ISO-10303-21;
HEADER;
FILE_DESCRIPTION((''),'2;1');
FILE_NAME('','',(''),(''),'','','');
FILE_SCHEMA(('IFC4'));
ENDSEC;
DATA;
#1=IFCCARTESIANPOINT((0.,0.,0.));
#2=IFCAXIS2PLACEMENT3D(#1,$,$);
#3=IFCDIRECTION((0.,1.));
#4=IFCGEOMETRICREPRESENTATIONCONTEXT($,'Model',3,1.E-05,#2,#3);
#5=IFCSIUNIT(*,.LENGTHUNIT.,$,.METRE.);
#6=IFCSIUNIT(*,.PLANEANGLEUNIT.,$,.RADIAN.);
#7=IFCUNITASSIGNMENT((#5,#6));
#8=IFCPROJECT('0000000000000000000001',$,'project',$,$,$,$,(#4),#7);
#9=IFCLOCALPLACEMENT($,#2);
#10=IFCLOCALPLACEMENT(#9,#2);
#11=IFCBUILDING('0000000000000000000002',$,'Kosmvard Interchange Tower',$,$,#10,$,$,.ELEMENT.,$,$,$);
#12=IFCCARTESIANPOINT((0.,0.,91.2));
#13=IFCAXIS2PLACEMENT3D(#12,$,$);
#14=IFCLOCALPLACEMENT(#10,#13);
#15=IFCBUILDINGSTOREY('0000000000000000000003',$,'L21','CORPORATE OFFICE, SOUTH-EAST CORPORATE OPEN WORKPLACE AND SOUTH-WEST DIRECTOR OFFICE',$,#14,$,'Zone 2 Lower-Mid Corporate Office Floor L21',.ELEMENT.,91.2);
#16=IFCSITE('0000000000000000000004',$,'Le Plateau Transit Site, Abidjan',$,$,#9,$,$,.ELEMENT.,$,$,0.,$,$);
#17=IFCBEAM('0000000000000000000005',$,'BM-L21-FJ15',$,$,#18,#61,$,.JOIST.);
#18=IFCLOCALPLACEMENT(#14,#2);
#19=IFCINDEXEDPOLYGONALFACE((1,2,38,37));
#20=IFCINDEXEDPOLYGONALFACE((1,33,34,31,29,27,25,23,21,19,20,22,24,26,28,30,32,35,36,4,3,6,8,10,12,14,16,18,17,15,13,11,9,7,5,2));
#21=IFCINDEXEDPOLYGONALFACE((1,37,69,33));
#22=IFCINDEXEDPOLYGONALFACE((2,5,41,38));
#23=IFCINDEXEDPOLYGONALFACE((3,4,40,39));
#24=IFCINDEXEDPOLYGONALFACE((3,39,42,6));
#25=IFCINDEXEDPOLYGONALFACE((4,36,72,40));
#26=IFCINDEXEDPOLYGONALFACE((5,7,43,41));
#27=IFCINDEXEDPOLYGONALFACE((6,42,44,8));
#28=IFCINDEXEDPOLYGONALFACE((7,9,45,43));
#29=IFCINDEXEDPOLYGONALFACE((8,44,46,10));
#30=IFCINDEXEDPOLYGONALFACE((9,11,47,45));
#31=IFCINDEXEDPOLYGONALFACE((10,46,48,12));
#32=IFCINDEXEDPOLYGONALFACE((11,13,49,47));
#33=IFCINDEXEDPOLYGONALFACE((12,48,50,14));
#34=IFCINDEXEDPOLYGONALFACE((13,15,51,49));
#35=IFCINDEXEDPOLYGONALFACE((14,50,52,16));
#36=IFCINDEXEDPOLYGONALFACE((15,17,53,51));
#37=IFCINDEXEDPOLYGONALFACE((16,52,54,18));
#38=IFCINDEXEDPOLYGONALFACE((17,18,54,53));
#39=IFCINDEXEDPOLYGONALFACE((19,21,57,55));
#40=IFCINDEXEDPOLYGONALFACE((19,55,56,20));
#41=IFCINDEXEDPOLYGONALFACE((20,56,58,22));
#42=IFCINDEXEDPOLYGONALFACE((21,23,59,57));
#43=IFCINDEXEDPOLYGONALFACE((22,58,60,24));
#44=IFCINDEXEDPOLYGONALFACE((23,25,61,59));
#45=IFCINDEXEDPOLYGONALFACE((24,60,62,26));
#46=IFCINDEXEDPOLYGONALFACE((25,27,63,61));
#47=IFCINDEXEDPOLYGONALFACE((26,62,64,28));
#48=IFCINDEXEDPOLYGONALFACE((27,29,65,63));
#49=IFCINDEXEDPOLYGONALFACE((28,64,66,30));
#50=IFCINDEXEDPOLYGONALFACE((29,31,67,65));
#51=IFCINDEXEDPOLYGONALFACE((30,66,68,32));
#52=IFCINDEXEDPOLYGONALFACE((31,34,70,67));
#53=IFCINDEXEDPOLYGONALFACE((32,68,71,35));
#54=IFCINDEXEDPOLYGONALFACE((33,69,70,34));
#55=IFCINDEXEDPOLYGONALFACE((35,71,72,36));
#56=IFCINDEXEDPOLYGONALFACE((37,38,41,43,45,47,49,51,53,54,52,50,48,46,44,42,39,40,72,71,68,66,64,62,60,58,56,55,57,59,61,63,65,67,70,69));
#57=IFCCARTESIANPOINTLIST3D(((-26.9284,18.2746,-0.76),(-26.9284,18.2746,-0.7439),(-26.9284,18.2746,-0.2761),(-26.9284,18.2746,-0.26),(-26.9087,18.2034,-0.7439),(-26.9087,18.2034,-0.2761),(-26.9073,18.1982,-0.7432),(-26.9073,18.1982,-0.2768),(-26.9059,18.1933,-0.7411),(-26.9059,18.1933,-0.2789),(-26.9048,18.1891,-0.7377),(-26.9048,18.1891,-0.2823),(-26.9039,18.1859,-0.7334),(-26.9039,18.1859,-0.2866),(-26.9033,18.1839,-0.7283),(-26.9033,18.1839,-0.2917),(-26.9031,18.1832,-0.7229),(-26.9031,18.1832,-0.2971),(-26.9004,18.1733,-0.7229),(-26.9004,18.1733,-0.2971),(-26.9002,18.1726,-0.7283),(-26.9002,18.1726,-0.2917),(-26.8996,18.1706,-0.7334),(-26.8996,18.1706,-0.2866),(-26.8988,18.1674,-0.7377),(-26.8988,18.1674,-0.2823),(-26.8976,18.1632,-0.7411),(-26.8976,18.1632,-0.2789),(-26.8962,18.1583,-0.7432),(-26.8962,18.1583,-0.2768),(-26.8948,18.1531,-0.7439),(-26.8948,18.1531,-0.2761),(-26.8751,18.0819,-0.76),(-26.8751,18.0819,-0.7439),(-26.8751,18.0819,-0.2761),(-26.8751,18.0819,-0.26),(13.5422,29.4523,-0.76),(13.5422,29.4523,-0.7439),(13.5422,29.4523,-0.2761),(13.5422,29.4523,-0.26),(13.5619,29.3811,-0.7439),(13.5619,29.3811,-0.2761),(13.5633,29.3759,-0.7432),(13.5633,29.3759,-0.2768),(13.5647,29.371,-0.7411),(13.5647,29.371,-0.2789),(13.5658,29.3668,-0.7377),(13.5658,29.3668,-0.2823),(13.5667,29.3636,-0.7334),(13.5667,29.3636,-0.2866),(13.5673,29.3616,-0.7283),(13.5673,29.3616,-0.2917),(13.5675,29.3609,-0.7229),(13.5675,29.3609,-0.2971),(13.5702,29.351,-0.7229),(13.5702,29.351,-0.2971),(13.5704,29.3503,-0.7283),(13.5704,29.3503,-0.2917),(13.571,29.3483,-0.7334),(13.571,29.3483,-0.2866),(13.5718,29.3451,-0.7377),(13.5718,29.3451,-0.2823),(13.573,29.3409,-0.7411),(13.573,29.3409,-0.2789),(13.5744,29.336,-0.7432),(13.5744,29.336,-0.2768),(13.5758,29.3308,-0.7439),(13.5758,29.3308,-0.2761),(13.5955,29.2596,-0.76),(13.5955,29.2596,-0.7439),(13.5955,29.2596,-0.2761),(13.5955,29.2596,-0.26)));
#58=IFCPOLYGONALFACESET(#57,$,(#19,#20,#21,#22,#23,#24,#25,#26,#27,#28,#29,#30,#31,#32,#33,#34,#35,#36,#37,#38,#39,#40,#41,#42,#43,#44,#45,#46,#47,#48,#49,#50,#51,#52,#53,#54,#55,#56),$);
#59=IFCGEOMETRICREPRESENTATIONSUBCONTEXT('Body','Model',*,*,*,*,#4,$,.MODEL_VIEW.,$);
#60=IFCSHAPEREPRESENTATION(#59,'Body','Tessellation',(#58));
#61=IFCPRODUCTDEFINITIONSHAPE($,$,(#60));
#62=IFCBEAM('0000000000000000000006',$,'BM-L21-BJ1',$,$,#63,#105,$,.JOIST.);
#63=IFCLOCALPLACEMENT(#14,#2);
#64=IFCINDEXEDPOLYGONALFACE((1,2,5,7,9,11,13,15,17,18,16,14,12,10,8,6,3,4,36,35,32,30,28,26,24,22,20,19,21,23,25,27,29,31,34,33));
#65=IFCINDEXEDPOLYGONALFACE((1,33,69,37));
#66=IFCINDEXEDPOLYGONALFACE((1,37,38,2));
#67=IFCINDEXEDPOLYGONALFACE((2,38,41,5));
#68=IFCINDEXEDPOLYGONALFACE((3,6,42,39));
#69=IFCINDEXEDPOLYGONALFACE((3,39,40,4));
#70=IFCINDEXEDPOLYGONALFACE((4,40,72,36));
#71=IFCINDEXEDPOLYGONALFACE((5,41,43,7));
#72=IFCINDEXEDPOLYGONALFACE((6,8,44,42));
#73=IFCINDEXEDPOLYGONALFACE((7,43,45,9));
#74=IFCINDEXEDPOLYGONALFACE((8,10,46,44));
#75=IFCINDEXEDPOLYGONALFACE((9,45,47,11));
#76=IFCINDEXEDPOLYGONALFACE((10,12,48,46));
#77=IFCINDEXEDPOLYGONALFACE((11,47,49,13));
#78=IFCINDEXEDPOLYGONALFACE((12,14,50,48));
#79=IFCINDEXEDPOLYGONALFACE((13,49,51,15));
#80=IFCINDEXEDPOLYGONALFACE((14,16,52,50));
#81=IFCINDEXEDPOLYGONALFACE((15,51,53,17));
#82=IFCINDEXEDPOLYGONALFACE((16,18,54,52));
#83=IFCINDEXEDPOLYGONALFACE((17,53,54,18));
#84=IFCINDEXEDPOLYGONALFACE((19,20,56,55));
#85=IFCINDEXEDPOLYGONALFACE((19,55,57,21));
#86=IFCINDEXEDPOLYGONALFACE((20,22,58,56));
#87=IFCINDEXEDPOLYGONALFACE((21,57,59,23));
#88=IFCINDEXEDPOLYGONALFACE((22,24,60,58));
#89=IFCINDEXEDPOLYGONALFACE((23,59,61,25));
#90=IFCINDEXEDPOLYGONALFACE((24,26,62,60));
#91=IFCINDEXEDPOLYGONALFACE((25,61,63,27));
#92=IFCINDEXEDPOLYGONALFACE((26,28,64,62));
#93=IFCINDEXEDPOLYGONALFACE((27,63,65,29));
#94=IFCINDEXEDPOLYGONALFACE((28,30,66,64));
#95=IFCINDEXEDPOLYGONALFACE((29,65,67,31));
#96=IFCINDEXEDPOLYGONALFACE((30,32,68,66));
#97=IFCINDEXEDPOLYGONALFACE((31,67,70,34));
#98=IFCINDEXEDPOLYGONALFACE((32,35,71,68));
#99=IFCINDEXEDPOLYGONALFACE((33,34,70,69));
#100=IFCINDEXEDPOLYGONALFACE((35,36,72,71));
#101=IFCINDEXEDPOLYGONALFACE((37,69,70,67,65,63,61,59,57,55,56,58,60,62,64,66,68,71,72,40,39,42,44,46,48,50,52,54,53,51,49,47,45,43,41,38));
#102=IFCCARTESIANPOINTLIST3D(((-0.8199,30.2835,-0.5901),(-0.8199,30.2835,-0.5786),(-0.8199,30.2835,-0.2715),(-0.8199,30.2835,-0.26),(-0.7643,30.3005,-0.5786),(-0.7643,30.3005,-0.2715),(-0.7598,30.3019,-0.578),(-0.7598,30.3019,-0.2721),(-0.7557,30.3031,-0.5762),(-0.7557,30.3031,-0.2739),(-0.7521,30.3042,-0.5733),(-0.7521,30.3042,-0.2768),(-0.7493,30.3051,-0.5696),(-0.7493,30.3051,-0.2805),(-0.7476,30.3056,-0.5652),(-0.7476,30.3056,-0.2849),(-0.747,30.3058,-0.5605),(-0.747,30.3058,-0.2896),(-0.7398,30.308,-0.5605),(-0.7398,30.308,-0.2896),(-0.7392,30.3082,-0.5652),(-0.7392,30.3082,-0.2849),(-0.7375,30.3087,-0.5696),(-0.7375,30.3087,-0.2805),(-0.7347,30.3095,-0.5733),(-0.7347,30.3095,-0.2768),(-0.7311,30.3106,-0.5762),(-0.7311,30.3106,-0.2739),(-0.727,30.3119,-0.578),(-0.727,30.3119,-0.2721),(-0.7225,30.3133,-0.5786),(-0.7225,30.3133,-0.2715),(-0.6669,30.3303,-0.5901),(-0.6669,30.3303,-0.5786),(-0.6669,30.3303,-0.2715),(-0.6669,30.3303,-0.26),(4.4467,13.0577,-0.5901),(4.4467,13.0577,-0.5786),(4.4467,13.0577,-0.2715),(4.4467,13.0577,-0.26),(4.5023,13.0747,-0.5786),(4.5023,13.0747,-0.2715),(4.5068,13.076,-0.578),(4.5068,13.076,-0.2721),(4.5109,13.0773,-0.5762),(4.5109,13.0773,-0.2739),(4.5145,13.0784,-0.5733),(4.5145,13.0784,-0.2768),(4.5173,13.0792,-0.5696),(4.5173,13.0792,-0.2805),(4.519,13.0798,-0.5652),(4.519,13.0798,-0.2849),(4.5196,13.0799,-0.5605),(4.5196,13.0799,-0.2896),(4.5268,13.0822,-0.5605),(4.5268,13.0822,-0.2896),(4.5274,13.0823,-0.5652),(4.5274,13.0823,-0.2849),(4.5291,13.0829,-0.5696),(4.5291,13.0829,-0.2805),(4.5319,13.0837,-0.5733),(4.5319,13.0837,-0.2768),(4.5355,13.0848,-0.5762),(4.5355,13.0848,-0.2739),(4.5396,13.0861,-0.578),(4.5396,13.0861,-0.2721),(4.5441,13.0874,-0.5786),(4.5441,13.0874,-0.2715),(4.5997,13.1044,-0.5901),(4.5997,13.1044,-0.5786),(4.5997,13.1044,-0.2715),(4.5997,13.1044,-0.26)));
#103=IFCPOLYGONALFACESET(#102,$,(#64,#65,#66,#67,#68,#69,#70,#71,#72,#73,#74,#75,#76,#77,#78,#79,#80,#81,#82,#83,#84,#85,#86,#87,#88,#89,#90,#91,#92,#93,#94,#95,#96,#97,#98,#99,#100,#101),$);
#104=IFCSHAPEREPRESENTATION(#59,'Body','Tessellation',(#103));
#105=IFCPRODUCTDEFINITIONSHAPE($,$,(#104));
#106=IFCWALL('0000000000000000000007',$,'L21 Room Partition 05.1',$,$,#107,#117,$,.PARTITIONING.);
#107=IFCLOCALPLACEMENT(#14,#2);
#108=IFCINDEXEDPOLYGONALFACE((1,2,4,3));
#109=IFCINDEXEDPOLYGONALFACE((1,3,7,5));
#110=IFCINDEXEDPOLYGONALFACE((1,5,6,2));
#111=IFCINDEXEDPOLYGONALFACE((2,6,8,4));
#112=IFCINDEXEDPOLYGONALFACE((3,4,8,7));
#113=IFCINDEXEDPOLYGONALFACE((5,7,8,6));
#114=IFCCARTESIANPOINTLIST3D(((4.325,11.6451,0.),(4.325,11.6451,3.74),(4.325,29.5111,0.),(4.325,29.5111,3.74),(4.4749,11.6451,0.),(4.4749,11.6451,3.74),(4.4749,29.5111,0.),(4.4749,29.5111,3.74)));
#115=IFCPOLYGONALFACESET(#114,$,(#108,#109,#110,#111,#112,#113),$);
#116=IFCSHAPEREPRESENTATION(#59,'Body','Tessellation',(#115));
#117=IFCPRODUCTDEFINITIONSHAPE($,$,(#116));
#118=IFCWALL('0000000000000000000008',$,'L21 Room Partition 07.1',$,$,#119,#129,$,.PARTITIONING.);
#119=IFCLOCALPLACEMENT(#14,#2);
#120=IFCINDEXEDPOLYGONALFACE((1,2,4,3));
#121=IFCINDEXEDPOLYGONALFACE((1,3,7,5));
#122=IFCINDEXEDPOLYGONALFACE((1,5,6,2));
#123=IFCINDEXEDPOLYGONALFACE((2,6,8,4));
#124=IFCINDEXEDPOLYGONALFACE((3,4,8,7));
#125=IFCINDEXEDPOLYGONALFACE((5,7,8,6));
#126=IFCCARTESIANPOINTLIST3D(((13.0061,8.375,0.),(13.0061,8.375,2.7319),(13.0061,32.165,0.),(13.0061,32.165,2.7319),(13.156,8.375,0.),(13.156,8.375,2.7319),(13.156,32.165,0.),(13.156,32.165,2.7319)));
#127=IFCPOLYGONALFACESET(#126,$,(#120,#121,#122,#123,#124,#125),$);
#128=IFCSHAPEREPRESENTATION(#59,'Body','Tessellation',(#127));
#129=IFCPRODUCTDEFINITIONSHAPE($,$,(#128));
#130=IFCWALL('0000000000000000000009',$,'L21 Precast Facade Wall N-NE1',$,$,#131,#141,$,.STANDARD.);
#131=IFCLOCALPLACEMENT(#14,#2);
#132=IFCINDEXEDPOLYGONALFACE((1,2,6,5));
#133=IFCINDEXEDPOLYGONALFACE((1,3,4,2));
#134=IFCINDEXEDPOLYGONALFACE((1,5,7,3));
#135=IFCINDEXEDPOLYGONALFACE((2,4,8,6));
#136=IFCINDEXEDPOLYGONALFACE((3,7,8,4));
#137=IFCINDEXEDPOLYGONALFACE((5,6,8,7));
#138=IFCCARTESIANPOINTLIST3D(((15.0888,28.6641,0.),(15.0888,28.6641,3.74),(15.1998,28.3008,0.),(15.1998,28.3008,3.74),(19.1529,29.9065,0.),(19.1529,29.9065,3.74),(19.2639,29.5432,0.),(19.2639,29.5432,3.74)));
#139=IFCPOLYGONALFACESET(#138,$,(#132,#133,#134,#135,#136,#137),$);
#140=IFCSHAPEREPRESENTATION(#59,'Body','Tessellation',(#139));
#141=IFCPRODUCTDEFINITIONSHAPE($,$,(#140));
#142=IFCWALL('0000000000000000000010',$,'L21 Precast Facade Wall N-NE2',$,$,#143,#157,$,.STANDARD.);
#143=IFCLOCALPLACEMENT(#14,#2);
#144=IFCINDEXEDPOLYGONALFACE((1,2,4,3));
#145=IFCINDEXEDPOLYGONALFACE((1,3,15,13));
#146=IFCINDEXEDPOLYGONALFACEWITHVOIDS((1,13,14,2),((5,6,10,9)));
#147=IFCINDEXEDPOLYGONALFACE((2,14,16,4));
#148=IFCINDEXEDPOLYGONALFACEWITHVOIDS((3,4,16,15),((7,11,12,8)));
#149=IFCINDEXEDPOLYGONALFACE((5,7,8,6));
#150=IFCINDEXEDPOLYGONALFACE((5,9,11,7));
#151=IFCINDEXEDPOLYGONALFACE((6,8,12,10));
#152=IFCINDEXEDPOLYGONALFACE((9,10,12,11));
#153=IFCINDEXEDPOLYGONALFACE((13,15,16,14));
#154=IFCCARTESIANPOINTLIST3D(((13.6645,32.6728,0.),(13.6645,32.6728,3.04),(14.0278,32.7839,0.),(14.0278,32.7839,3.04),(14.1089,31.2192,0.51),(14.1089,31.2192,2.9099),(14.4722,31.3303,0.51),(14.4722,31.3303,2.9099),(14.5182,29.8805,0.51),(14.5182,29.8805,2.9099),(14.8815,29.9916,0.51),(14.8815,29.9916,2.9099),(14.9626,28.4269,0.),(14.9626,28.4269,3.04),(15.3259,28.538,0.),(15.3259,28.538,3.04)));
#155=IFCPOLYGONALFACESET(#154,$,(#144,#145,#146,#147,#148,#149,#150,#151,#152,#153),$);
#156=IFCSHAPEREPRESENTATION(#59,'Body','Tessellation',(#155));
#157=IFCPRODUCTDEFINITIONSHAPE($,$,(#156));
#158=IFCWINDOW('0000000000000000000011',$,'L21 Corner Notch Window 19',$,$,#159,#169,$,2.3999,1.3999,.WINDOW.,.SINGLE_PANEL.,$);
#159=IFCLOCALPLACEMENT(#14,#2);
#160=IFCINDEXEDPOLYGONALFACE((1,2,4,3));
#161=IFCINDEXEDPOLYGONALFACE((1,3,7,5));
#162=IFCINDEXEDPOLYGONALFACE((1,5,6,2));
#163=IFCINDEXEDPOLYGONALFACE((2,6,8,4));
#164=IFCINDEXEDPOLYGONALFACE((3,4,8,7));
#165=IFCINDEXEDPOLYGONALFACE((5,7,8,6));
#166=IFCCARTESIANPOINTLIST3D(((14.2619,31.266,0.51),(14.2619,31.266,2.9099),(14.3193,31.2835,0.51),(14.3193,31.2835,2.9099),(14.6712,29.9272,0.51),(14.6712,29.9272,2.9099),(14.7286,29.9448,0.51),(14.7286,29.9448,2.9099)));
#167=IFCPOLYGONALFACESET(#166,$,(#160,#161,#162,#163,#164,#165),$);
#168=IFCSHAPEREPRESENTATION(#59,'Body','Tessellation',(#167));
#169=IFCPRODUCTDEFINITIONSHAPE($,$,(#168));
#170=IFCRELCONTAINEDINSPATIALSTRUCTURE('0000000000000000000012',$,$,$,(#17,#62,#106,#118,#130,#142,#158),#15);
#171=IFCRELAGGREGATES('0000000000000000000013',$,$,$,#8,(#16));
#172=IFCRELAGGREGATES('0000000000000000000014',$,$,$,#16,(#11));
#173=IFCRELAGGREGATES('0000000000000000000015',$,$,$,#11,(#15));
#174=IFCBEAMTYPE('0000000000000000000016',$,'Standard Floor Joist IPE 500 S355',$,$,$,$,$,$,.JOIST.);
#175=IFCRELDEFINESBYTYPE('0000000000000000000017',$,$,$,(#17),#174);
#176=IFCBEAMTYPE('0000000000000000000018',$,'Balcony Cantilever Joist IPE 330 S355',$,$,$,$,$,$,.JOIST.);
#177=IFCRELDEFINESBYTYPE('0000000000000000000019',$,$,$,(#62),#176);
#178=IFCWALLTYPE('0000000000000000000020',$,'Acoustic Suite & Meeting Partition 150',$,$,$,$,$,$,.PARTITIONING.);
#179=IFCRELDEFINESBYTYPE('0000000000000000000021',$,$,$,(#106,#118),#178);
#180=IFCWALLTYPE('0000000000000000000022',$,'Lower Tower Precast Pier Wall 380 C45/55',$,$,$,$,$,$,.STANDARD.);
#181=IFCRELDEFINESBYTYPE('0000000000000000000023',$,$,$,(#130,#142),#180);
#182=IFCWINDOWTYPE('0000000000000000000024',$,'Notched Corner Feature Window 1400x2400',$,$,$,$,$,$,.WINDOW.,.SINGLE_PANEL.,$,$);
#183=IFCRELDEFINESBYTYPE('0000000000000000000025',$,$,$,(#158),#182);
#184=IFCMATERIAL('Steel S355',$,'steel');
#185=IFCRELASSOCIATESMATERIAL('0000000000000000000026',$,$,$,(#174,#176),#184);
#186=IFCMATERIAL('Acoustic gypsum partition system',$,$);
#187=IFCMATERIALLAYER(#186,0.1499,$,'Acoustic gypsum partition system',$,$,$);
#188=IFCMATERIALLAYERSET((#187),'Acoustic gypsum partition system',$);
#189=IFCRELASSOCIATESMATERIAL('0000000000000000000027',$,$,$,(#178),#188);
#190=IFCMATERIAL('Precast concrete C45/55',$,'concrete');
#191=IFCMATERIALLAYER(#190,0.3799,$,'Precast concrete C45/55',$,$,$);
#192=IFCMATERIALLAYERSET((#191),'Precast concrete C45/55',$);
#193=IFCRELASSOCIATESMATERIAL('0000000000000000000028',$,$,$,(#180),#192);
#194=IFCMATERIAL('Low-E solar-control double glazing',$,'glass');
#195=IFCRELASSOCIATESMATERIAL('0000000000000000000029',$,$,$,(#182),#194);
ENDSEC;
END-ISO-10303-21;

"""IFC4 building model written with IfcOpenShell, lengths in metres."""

from ifc_helpers import new_model, si_unit, direction, frame, frame_2d, origin, origin_2d, place, context, subcontext, project, spatial, rectangle, i_section, extrude, source, transform, mapped, material, layer, layer_set, material_profile, profile_set, type_object, element, fill, save


model = new_model("IFC4")

# Units and contexts
model_context = context("Model", 3, precision=1e-05, world=origin(), true_north=direction((0.0, 1.0)))
body_context = subcontext(model_context, "Body", "Model", "MODEL_VIEW")
ifc_project = project(units=[si_unit("LENGTHUNIT", "METRE"), si_unit("PLANEANGLEUNIT", "RADIAN")], contexts=[model_context])

# Site, building, storey
site_placement = place(None, origin())
site = spatial("IfcSite", under=ifc_project, at=site_placement, Name="Le Plateau Transit Site, Abidjan", CompositionType="ELEMENT", RefElevation=0.0)
building_placement = place(site_placement, origin())
building = spatial("IfcBuilding", under=site, at=building_placement, Name="Kosmvard Interchange Tower", CompositionType="ELEMENT")
storey_placement = place(building_placement, frame((0.0, 0.0, 91.2)))
storey = spatial("IfcBuildingStorey", under=building, at=storey_placement, Name="L21", Description="CORPORATE OFFICE, SOUTH-EAST CORPORATE OPEN WORKPLACE AND SOUTH-WEST DIRECTOR OFFICE", LongName="Zone 2 Lower-Mid Corporate Office Floor L21", CompositionType="ELEMENT", Elevation=91.2)

# Beams
ifc_material_1 = material(Name="Steel S355", Category="steel")
ifc_material_2 = material(Name="Precast concrete C45/55", Category="concrete")
ifc_material_profile_1 = material_profile(ifc_material_1, i_section(OverallWidth=0.2, OverallDepth=0.5, WebThickness=0.0103, FlangeThickness=0.0161, FilletRadius=0.021, at=origin_2d()), Name="IPE 500")
ifc_profile_set_1 = profile_set([ifc_material_profile_1], Name="Steel S355")
beam_type_1 = type_object("IfcBeamType", Name="Standard Floor Joist IPE 500 S355", PredefinedType="JOIST", material=ifc_profile_set_1)
shared_shape_1 = source(origin(), body_context, "Body", "SweptSolid", [
    extrude(i_section(OverallWidth=0.2, OverallDepth=0.5, WebThickness=0.0103, FlangeThickness=0.0161, FilletRadius=0.021, at=origin_2d()), origin(), (0.0, 0.0, 1.0), 41.9858),
])
beam_1_placement = place(storey_placement, frame((13.5688, 29.356, -0.51), z_axis=(-0.963911, -0.266226, 0.0), x_axis=(0.266226, -0.963911, 0.0)))
element("IfcBeam", 1, at=beam_1_placement, inside=storey, type_object=beam_type_1, Name="BM-L21-FJ15", PredefinedType="JOIST", context=body_context, shape_type="MappedRepresentation", body=[
    mapped(shared_shape_1, transform((0.0, 0.0, 0.0), scale=1.0)),
])
ifc_material_profile_2 = material_profile(ifc_material_1, i_section(OverallWidth=0.1599, OverallDepth=0.3301, WebThickness=0.0076, FlangeThickness=0.0115, FilletRadius=0.0181, at=origin_2d()), Name="IPE 330")
ifc_profile_set_2 = profile_set([ifc_material_profile_2], Name="Steel S355")
beam_type_2 = type_object("IfcBeamType", Name="Balcony Cantilever Joist IPE 330 S355", PredefinedType="JOIST", material=ifc_profile_set_2)
shared_shape_2 = source(origin(), body_context, "Body", "SweptSolid", [
    extrude(i_section(OverallWidth=0.1599, OverallDepth=0.3301, WebThickness=0.0076, FlangeThickness=0.0115, FilletRadius=0.0181, at=origin_2d()), origin(), (0.0, 0.0, 1.0), 18.0129),
])
beam_2_placement = place(storey_placement, frame((4.5232, 13.0811, -0.425), z_axis=(-0.292379, 0.956303, 0.0), x_axis=(-0.956303, -0.292379, 0.0)))
element("IfcBeam", 2, at=beam_2_placement, inside=storey, type_object=beam_type_2, Name="BM-L21-BJ1", PredefinedType="JOIST", context=body_context, shape_type="MappedRepresentation", body=[
    mapped(shared_shape_2, transform((0.0, 0.0, 0.0), scale=1.0)),
])

# Walls
ifc_material_3 = material(Name="Acoustic gypsum partition system")
ifc_layer_1 = layer(ifc_material_3, 0.1499, Name="Acoustic gypsum partition system")
ifc_layer_set_1 = layer_set([ifc_layer_1], Name="Acoustic gypsum partition system")
wall_type_1 = type_object("IfcWallType", Name="Acoustic Suite & Meeting Partition 150", PredefinedType="PARTITIONING", material=ifc_layer_set_1)
wall_1_placement = place(storey_placement, frame((4.3999, 11.645, 0.0), z_axis=(0.0, 0.0, 1.0), x_axis=(0.0, 1.0, 0.0)))
element("IfcWall", 3, at=wall_1_placement, inside=storey, type_object=wall_type_1, Name="L21 Room Partition 05.1", PredefinedType="PARTITIONING", context=body_context, shape_type="SweptSolid", body=[
    extrude(rectangle(XDim=17.866, YDim=0.1499, at=frame_2d((8.9331, 0.0))), origin(), (0.0, 0.0, 1.0), 3.74),
])
wall_2_placement = place(storey_placement, frame((13.0811, 8.375, 0.0), z_axis=(0.0, 0.0, 1.0), x_axis=(0.0, 1.0, 0.0)))
element("IfcWall", 4, at=wall_2_placement, inside=storey, type_object=wall_type_1, Name="L21 Room Partition 07.1", PredefinedType="PARTITIONING", context=body_context, shape_type="SweptSolid", body=[
    extrude(rectangle(XDim=23.79, YDim=0.1499, at=frame_2d((11.895, 0.0))), origin(), (0.0, 0.0, 1.0), 2.7319),
])
ifc_layer_2 = layer(ifc_material_2, 0.3799, Name="Precast concrete C45/55")
ifc_layer_set_2 = layer_set([ifc_layer_2], Name="Precast concrete C45/55")
wall_type_2 = type_object("IfcWallType", Name="Lower Tower Precast Pier Wall 380 C45/55", PredefinedType="STANDARD", material=ifc_layer_set_2)
wall_3_placement = place(storey_placement, frame((19.2085, 29.7249, 0.0), z_axis=(0.0, 0.0, 1.0), x_axis=(-0.956313, -0.292346, 0.0)))
element("IfcWall", 5, at=wall_3_placement, inside=storey, type_object=wall_type_2, Name="L21 Precast Facade Wall N-NE1", PredefinedType="STANDARD", context=body_context, shape_type="SweptSolid", body=[
    extrude(rectangle(XDim=4.2498, YDim=0.3799, at=frame_2d((2.125, 0.0))), origin(), (0.0, 0.0, 1.0), 3.74),
])

# Wall, opening, window
wall_4_placement = place(storey_placement, frame((15.1443, 28.4824, 0.0), z_axis=(0.0, 0.0, 1.0), x_axis=(-0.292374, 0.956304, 0.0)))
wall_4 = element("IfcWall", 6, at=wall_4_placement, inside=storey, type_object=wall_type_2, Name="L21 Precast Facade Wall N-NE2", PredefinedType="STANDARD", context=body_context, shape_type="SweptSolid", body=[
    extrude(rectangle(XDim=4.4399, YDim=0.3799, at=frame_2d((2.22, 0.0))), origin(), (0.0, 0.0, 1.0), 3.04),
])
opening_1_placement = place(wall_4_placement, frame((1.52, 0.0, 0.51)))
opening_1 = element("IfcOpeningElement", 7, at=opening_1_placement, cuts=wall_4, PredefinedType="OPENING", context=body_context, shape_type="SweptSolid", body=[
    extrude(rectangle(XDim=1.3999, YDim=2.3999, at=frame_2d((0.7, 1.2))), frame((0.0, 0.2, 0.0), z_axis=(0.0, -1.0, 0.0), x_axis=(1.0, 0.0, 0.0)), (0.0, 0.0, 1.0), 0.3999),
])
ifc_material_4 = material(Name="Low-E solar-control double glazing", Category="glass")
window_type_1 = type_object("IfcWindowType", Name="Notched Corner Feature Window 1400x2400", PartitioningType="SINGLE_PANEL", PredefinedType="WINDOW", material=ifc_material_4)
shared_shape_3 = source(origin(), body_context, "Body", "SweptSolid", [
    extrude(rectangle(XDim=1.3999, YDim=2.3999, at=frame_2d((0.7, 1.2))), frame((0.0, 0.03, 0.0), z_axis=(0.0, -1.0, 0.0), x_axis=(1.0, 0.0, 0.0)), (0.0, 0.0, 1.0), 0.0601),
])
window_1_placement = place(opening_1_placement, origin())
window_1 = element("IfcWindow", 8, at=window_1_placement, inside=storey, type_object=window_type_1, Name="L21 Corner Notch Window 19", OverallHeight=2.3999, OverallWidth=1.3999, PartitioningType="SINGLE_PANEL", PredefinedType="WINDOW", context=body_context, shape_type="MappedRepresentation", body=[
    mapped(shared_shape_3, transform((0.0, 0.0, 0.0), scale=1.0)),
])
fill(opening_1, window_1)

save(model, "model.ifc")
